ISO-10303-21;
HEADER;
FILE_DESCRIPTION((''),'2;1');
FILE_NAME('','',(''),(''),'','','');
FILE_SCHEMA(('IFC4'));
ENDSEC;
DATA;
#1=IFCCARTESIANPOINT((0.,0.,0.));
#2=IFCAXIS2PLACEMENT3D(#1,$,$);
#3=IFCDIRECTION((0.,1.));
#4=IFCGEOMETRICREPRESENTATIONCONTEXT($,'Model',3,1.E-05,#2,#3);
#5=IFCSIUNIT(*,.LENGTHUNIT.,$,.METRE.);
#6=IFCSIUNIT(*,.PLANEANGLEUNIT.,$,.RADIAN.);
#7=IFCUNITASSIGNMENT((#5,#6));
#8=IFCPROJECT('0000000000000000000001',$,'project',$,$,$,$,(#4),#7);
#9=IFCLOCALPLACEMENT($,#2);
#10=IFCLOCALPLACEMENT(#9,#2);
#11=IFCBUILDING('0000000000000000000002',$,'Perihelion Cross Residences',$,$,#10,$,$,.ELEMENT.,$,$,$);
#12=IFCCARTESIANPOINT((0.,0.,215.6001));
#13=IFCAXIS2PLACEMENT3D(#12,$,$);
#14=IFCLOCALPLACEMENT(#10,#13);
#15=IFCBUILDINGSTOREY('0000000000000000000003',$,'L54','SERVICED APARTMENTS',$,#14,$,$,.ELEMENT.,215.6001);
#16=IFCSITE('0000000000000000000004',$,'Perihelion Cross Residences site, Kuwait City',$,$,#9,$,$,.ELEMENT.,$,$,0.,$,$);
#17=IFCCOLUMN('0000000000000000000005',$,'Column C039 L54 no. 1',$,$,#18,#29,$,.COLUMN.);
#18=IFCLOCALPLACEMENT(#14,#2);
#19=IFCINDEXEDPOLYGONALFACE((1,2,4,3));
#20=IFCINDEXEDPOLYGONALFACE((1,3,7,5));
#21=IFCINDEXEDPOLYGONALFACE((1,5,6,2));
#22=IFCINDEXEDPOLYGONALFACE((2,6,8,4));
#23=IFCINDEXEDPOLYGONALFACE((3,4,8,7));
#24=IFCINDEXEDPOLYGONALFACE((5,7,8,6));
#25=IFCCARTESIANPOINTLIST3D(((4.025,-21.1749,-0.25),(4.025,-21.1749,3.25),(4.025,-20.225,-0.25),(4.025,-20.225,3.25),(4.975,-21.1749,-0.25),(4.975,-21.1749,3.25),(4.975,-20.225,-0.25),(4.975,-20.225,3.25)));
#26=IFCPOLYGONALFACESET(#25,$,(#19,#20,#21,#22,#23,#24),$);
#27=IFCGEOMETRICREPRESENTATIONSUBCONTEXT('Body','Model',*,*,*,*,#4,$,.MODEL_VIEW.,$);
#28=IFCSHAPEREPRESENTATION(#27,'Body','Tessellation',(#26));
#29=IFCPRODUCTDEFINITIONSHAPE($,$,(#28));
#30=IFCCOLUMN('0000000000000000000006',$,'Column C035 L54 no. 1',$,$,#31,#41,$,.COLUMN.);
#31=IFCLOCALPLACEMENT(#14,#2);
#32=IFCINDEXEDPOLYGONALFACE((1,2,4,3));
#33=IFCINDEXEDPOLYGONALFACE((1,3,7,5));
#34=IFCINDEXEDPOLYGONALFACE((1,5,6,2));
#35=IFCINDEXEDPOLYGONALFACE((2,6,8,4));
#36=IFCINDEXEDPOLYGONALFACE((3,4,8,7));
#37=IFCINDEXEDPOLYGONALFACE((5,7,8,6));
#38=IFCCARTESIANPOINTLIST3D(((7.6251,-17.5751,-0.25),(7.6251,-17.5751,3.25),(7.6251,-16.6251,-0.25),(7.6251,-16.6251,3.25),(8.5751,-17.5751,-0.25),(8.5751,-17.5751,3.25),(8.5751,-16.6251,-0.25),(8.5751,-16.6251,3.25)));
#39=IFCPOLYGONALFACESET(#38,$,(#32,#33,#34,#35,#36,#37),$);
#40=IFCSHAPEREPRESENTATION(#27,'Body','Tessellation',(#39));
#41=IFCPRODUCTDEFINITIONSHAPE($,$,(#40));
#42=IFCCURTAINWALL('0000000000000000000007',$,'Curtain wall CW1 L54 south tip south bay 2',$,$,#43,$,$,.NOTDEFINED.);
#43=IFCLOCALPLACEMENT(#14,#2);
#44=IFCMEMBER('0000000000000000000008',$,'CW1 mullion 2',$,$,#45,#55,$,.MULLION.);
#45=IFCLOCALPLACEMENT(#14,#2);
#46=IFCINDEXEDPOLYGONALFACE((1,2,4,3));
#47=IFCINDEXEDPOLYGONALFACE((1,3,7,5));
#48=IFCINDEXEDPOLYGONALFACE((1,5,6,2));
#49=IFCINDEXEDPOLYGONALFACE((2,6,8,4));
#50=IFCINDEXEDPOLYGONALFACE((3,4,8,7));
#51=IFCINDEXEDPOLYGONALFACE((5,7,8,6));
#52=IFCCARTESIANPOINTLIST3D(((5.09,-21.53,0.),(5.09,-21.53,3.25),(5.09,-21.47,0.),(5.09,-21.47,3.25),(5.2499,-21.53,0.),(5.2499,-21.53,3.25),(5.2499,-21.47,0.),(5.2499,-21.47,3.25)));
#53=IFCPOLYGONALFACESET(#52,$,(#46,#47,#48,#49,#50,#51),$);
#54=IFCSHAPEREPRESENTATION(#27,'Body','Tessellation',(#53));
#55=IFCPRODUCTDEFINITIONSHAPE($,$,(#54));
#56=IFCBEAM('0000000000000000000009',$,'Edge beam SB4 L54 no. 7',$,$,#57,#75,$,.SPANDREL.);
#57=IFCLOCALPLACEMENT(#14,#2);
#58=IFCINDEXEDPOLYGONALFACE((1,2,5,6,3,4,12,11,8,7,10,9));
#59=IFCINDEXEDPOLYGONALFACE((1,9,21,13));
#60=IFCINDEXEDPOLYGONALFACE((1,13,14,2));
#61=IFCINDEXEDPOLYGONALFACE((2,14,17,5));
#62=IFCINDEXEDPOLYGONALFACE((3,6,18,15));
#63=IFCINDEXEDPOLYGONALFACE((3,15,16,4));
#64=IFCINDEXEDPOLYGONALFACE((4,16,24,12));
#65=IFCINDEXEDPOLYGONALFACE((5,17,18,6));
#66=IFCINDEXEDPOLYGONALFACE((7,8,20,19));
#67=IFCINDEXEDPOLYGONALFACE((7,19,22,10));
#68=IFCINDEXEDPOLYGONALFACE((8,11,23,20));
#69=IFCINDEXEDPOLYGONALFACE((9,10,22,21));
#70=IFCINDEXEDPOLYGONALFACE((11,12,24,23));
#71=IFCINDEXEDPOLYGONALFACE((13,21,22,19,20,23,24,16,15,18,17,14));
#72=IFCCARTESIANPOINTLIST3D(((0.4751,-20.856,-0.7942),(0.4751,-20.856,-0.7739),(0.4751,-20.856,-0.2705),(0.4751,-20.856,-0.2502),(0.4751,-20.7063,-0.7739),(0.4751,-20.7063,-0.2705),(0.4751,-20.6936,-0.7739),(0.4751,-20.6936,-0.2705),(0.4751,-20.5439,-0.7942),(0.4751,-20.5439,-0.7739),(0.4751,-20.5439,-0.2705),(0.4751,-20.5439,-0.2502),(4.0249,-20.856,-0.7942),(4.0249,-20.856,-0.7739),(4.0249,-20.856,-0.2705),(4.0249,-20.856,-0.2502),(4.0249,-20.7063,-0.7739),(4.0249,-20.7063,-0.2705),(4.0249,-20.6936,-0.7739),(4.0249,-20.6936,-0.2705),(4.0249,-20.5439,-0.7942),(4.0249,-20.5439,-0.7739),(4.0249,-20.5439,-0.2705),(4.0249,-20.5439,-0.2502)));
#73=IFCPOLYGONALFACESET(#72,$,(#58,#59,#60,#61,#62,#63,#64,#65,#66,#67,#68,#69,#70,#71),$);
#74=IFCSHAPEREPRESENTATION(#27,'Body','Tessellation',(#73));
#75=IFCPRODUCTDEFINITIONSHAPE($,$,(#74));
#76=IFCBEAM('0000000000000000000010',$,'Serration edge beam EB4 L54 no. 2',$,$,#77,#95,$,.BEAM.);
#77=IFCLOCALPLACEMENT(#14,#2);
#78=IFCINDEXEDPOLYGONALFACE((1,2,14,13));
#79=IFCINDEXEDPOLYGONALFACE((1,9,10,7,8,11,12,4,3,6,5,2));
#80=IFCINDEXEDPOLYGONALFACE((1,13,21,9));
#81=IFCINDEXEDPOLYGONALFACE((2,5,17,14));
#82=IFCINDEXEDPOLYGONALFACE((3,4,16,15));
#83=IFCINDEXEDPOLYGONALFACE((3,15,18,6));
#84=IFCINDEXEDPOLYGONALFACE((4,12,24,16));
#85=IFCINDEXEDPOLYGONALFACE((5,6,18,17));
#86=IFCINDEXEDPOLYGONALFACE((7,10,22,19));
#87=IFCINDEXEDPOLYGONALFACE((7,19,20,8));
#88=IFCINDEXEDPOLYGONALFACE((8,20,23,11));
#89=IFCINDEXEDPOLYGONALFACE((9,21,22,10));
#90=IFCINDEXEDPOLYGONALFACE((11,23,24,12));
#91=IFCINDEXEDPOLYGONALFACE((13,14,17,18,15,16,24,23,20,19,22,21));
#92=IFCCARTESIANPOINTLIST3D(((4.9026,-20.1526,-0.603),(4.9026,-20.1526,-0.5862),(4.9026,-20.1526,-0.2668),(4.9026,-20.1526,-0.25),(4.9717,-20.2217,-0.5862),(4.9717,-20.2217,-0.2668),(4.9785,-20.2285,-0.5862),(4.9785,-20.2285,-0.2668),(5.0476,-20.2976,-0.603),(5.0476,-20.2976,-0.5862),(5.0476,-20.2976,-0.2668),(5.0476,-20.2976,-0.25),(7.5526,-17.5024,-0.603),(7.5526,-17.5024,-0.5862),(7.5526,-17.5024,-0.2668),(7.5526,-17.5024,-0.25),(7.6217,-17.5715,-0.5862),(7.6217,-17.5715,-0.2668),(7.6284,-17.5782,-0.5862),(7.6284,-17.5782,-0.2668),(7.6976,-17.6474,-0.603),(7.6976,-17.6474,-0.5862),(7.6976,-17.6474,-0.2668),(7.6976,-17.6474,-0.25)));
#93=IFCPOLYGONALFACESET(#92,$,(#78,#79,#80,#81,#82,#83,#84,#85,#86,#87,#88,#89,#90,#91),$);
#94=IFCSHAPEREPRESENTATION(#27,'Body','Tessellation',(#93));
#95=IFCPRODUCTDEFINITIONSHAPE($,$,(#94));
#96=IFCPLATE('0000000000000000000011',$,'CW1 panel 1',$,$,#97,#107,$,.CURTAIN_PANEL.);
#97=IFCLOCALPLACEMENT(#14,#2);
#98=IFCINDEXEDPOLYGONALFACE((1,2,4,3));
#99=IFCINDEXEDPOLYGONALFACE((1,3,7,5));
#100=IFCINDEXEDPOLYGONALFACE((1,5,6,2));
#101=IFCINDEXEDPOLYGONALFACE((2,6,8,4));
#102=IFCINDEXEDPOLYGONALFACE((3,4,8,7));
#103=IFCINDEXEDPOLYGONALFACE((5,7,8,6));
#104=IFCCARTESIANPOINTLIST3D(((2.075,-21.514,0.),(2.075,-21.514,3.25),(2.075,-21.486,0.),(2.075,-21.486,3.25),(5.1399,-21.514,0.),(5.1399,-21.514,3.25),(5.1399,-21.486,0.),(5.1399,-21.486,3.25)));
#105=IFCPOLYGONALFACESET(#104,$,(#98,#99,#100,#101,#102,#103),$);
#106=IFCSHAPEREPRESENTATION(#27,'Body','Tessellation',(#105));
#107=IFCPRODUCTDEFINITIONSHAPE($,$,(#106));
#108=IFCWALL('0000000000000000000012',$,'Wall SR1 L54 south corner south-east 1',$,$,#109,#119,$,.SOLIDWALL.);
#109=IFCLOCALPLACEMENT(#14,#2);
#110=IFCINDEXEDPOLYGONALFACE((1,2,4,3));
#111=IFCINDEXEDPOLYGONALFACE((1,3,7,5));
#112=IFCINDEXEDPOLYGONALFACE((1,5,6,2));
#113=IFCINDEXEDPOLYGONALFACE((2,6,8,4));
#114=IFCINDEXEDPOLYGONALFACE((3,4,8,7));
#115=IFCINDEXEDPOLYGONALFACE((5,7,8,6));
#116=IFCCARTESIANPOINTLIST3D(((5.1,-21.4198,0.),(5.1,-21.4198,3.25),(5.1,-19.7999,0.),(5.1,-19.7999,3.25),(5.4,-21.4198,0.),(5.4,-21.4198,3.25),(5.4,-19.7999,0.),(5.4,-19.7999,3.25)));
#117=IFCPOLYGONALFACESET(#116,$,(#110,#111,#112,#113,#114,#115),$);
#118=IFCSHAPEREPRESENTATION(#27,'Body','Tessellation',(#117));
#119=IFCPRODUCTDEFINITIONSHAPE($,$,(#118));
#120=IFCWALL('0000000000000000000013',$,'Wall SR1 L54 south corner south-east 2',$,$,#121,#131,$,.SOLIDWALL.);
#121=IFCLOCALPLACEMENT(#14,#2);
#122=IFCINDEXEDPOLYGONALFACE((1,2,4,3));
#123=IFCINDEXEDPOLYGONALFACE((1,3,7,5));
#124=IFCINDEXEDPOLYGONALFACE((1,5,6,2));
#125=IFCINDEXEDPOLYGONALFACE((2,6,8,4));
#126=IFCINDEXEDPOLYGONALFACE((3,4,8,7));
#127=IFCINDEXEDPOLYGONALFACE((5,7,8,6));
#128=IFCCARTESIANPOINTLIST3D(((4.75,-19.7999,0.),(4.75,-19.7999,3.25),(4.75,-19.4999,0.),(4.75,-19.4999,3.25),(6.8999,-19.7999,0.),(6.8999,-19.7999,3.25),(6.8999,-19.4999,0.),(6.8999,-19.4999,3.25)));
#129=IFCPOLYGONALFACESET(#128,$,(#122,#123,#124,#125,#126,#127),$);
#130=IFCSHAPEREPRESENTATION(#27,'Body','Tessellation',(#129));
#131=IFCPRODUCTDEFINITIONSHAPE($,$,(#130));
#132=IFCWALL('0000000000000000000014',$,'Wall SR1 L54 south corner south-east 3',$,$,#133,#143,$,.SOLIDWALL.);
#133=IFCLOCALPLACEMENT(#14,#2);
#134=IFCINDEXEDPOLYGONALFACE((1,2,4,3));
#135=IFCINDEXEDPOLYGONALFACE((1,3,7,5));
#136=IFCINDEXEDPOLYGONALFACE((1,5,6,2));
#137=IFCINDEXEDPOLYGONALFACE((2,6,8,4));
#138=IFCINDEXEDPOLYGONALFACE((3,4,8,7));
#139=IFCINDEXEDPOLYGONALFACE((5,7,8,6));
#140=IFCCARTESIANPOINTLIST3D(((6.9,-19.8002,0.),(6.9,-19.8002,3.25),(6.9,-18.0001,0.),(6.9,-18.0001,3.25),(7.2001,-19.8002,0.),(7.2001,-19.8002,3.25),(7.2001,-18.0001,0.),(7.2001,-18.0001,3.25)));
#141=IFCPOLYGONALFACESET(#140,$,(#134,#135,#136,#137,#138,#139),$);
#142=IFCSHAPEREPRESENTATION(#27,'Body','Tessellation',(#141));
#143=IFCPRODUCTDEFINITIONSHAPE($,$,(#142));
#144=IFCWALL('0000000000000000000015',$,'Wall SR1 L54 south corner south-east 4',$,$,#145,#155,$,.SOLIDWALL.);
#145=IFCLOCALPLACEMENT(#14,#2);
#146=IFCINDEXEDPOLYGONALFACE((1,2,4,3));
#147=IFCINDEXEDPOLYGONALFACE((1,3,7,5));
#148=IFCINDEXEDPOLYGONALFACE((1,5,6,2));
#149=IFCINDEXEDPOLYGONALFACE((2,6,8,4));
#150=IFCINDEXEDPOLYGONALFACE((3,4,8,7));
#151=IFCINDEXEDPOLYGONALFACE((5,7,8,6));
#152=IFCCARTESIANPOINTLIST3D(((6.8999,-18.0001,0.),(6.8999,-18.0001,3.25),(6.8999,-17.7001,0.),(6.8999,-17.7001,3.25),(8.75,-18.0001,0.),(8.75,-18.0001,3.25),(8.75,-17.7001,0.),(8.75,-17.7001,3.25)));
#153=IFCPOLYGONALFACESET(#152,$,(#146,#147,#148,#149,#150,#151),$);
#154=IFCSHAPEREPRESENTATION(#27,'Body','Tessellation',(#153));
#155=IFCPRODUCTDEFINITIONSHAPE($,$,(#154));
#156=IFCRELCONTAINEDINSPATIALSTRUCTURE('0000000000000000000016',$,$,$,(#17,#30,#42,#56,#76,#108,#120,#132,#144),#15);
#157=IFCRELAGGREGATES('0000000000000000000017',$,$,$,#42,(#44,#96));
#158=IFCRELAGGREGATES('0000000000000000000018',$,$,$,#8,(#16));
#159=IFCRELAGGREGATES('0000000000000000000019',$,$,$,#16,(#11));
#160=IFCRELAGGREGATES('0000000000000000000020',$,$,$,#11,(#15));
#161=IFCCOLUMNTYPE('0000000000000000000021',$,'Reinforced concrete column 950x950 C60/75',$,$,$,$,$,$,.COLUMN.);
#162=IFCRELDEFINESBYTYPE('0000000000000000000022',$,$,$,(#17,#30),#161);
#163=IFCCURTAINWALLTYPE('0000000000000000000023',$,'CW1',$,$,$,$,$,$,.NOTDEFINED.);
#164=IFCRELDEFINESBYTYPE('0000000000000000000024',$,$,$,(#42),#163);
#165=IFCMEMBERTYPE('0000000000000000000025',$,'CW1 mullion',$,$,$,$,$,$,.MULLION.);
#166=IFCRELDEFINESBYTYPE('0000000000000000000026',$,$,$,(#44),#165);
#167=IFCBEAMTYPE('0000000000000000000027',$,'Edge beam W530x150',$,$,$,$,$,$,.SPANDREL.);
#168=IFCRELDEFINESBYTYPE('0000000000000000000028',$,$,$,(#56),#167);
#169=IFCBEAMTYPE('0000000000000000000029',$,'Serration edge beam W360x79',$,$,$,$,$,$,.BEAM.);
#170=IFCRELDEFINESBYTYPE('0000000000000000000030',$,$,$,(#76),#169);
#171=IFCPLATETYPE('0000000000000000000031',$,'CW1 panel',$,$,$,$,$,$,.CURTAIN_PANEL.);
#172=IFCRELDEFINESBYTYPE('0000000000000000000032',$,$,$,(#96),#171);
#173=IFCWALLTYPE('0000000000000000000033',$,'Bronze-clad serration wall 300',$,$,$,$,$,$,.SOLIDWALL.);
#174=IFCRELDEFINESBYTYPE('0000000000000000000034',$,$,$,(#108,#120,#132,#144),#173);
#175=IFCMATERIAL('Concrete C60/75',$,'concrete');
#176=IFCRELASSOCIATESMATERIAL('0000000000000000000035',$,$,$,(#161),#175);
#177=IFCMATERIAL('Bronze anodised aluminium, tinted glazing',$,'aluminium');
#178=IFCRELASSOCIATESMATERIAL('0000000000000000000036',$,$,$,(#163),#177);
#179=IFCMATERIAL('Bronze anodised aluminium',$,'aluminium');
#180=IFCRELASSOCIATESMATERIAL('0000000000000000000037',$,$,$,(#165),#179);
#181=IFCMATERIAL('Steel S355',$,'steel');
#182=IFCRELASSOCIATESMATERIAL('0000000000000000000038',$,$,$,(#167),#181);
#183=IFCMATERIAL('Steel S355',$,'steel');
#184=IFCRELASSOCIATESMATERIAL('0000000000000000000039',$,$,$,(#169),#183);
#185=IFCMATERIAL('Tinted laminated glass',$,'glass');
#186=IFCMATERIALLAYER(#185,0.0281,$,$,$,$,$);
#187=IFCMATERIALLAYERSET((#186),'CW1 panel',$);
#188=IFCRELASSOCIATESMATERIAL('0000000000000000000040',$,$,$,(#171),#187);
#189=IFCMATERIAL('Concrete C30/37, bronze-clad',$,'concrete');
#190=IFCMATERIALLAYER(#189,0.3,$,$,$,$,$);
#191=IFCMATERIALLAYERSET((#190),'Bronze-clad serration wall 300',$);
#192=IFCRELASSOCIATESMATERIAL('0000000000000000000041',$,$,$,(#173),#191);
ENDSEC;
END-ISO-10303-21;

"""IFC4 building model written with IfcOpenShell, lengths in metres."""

from ifc_helpers import new_model, si_unit, direction, frame, frame_2d, origin, origin_2d, place, context, subcontext, project, spatial, rectangle, i_section, extrude, material, layer, layer_set, material_profile, profile_set, type_object, element, aggregate, save


model = new_model("IFC4")

# Units and contexts
model_context = context("Model", 3, precision=1e-05, world=origin(), true_north=direction((0.0, 1.0)))
body_context = subcontext(model_context, "Body", "Model", "MODEL_VIEW")
ifc_project = project(units=[si_unit("LENGTHUNIT", "METRE"), si_unit("PLANEANGLEUNIT", "RADIAN")], contexts=[model_context])

# Site, building, storey
site_placement = place(None, origin())
site = spatial("IfcSite", under=ifc_project, at=site_placement, Name="Perihelion Cross Residences site, Kuwait City", CompositionType="ELEMENT", RefElevation=0.0)
building_placement = place(site_placement, origin())
building = spatial("IfcBuilding", under=site, at=building_placement, Name="Perihelion Cross Residences", CompositionType="ELEMENT")
storey_placement = place(building_placement, frame((0.0, 0.0, 215.6001)))
storey = spatial("IfcBuildingStorey", under=building, at=storey_placement, Name="L54", Description="SERVICED APARTMENTS", CompositionType="ELEMENT", Elevation=215.6001)

# Columns
ifc_material_1 = material(Name="Concrete C60/75", Category="concrete")
ifc_material_profile_1 = material_profile(ifc_material_1, rectangle(XDim=0.95, YDim=0.95, at=origin_2d()), Name="RC 950x950")
ifc_profile_set_1 = profile_set([ifc_material_profile_1], Name="Concrete C60/75")
column_type = type_object("IfcColumnType", Name="Reinforced concrete column 950x950 C60/75", PredefinedType="COLUMN", material=ifc_profile_set_1)
for number, where, z_axis, x_axis, name in (
    (1, (4.5, -20.7, -0.25), (0.0, 0.0, 1.0), (1.0, 0.0, 0.0), "Column C039 L54 no. 1"),
    (2, (8.1001, -17.1001, -0.25), (0.0, 0.0, 1.0), (1.0, 0.0, 0.0), "Column C035 L54 no. 1"),
):
    element("IfcColumn", number, at=place(storey_placement, frame(where, z_axis=z_axis, x_axis=x_axis)), inside=storey, type_object=column_type, Name=name, PredefinedType="COLUMN", context=body_context, shape_type="SweptSolid", body=[
        extrude(rectangle(XDim=0.95, YDim=0.95, at=origin_2d()), origin(), (0.0, 0.0, 1.0), 3.5),
    ])

# Curtain wall, member
ifc_material_2 = material(Name="Bronze anodised aluminium, tinted glazing", Category="aluminium")
curtain_wall_type = type_object("IfcCurtainWallType", Name="CW1", PredefinedType="NOTDEFINED", material=ifc_material_2)
curtain_wall_placement = place(storey_placement, origin())
curtain_wall = element("IfcCurtainWall", 3, at=curtain_wall_placement, inside=storey, type_object=curtain_wall_type, Name="Curtain wall CW1 L54 south tip south bay 2", PredefinedType="NOTDEFINED")
ifc_material_3 = material(Name="Bronze anodised aluminium", Category="aluminium")
ifc_material_profile_2 = material_profile(ifc_material_3, rectangle(XDim=0.0601, YDim=0.1599, at=origin_2d()), Name="CW1 mullion")
ifc_profile_set_2 = profile_set([ifc_material_profile_2], Name="Bronze anodised aluminium")
member_type = type_object("IfcMemberType", Name="CW1 mullion", PredefinedType="MULLION", material=ifc_profile_set_2)
member_placement = place(storey_placement, frame((5.1699, -21.5, 0.0), z_axis=(0.0, 0.0, 1.0), x_axis=(0.0, 1.0, 0.0)))
member = element("IfcMember", 4, at=member_placement, type_object=member_type, Name="CW1 mullion 2", PredefinedType="MULLION", context=body_context, shape_type="SweptSolid", body=[
    extrude(rectangle(XDim=0.0601, YDim=0.1599, at=origin_2d()), origin(), (0.0, 0.0, 1.0), 3.25),
])

# Beams
ifc_material_4 = material(Name="Steel S355", Category="steel")
ifc_material_profile_3 = material_profile(ifc_material_4, i_section(OverallWidth=0.312, OverallDepth=0.5439, WebThickness=0.0127, FlangeThickness=0.0203, at=origin_2d()), Name="W530x150")
ifc_profile_set_3 = profile_set([ifc_material_profile_3], Name="Steel S355")
beam_type_1 = type_object("IfcBeamType", Name="Edge beam W530x150", PredefinedType="SPANDREL", material=ifc_profile_set_3)
beam_1_placement = place(storey_placement, frame((0.4751, -20.7, -0.5222), z_axis=(1.0, 0.0, 0.0), x_axis=(0.0, 1.0, 0.0)))
element("IfcBeam", 5, at=beam_1_placement, inside=storey, type_object=beam_type_1, Name="Edge beam SB4 L54 no. 7", PredefinedType="SPANDREL", context=body_context, shape_type="SweptSolid", body=[
    extrude(i_section(OverallWidth=0.312, OverallDepth=0.5439, WebThickness=0.0127, FlangeThickness=0.0203, at=origin_2d()), origin(), (0.0, 0.0, 1.0), 3.5498),
])
ifc_material_5 = material(Name="Steel S355", Category="steel")
ifc_material_profile_4 = material_profile(ifc_material_5, i_section(OverallWidth=0.2051, OverallDepth=0.353, WebThickness=0.0095, FlangeThickness=0.0168, at=origin_2d()), Name="W360x79")
ifc_profile_set_4 = profile_set([ifc_material_profile_4], Name="Steel S355")
beam_type_2 = type_object("IfcBeamType", Name="Serration edge beam W360x79", PredefinedType="BEAM", material=ifc_profile_set_4)
beam_2_placement = place(storey_placement, frame((4.9751, -20.2251, -0.4265), z_axis=(0.707074, 0.707139, 0.0), x_axis=(-0.707139, 0.707074, 0.0)))
element("IfcBeam", 6, at=beam_2_placement, inside=storey, type_object=beam_type_2, Name="Serration edge beam EB4 L54 no. 2", PredefinedType="BEAM", context=body_context, shape_type="SweptSolid", body=[
    extrude(i_section(OverallWidth=0.2051, OverallDepth=0.353, WebThickness=0.0095, FlangeThickness=0.0168, at=origin_2d()), origin(), (0.0, 0.0, 1.0), 3.7478),
])

# Plate
ifc_material_6 = material(Name="Tinted laminated glass", Category="glass")
ifc_layer_1 = layer(ifc_material_6, 0.0281)
ifc_layer_set_1 = layer_set([ifc_layer_1], Name="CW1 panel")
plate_type = type_object("IfcPlateType", Name="CW1 panel", PredefinedType="CURTAIN_PANEL", material=ifc_layer_set_1)
plate_placement = place(storey_placement, frame((3.6074, -21.5, 0.0), z_axis=(0.0, 0.0, 1.0), x_axis=(1.0, 0.0, 0.0)))
plate = element("IfcPlate", 7, at=plate_placement, type_object=plate_type, Name="CW1 panel 1", PredefinedType="CURTAIN_PANEL", context=body_context, shape_type="SweptSolid", body=[
    extrude(rectangle(XDim=3.0649, YDim=0.0281, at=origin_2d()), origin(), (0.0, 0.0, 1.0), 3.25),
])
aggregate(curtain_wall, [member, plate])

# Walls
ifc_material_7 = material(Name="Concrete C30/37, bronze-clad", Category="concrete")
ifc_layer_2 = layer(ifc_material_7, 0.3)
ifc_layer_set_2 = layer_set([ifc_layer_2], Name="Bronze-clad serration wall 300")
wall_type_1 = type_object("IfcWallType", Name="Bronze-clad serration wall 300", PredefinedType="SOLIDWALL", material=ifc_layer_set_2)
wall_1_placement = place(storey_placement, frame((5.25, -21.4199, 0.0), z_axis=(0.0, 0.0, 1.0), x_axis=(0.0, 1.0, 0.0)))
element("IfcWall", 8, at=wall_1_placement, inside=storey, type_object=wall_type_1, Name="Wall SR1 L54 south corner south-east 1", PredefinedType="SOLIDWALL", context=body_context, shape_type="SweptSolid", body=[
    extrude(rectangle(XDim=1.6199, YDim=0.3, at=frame_2d((0.8101, 0.0))), origin(), (0.0, 0.0, 1.0), 3.25),
])
wall_2_placement = place(storey_placement, frame((4.75, -19.6499, 0.0), z_axis=(0.0, 0.0, 1.0), x_axis=(1.0, 0.0, 0.0)))
element("IfcWall", 9, at=wall_2_placement, inside=storey, type_object=wall_type_1, Name="Wall SR1 L54 south corner south-east 2", PredefinedType="SOLIDWALL", context=body_context, shape_type="SweptSolid", body=[
    extrude(rectangle(XDim=2.1499, YDim=0.3, at=frame_2d((1.075, 0.0))), origin(), (0.0, 0.0, 1.0), 3.25),
])
wall_3_placement = place(storey_placement, frame((7.05, -19.8, 0.0), z_axis=(0.0, 0.0, 1.0), x_axis=(0.0, 1.0, 0.0)))
element("IfcWall", 10, at=wall_3_placement, inside=storey, type_object=wall_type_1, Name="Wall SR1 L54 south corner south-east 3", PredefinedType="SOLIDWALL", context=body_context, shape_type="SweptSolid", body=[
    extrude(rectangle(XDim=1.8, YDim=0.3, at=frame_2d((0.8999, 0.0))), origin(), (0.0, 0.0, 1.0), 3.25),
])
wall_4_placement = place(storey_placement, frame((6.8999, -17.8501, 0.0), z_axis=(0.0, 0.0, 1.0), x_axis=(1.0, 0.0, 0.0)))
element("IfcWall", 11, at=wall_4_placement, inside=storey, type_object=wall_type_1, Name="Wall SR1 L54 south corner south-east 4", PredefinedType="SOLIDWALL", context=body_context, shape_type="SweptSolid", body=[
    extrude(rectangle(XDim=1.8501, YDim=0.3, at=frame_2d((0.925, 0.0))), origin(), (0.0, 0.0, 1.0), 3.25),
])

save(model, "model.ifc")
